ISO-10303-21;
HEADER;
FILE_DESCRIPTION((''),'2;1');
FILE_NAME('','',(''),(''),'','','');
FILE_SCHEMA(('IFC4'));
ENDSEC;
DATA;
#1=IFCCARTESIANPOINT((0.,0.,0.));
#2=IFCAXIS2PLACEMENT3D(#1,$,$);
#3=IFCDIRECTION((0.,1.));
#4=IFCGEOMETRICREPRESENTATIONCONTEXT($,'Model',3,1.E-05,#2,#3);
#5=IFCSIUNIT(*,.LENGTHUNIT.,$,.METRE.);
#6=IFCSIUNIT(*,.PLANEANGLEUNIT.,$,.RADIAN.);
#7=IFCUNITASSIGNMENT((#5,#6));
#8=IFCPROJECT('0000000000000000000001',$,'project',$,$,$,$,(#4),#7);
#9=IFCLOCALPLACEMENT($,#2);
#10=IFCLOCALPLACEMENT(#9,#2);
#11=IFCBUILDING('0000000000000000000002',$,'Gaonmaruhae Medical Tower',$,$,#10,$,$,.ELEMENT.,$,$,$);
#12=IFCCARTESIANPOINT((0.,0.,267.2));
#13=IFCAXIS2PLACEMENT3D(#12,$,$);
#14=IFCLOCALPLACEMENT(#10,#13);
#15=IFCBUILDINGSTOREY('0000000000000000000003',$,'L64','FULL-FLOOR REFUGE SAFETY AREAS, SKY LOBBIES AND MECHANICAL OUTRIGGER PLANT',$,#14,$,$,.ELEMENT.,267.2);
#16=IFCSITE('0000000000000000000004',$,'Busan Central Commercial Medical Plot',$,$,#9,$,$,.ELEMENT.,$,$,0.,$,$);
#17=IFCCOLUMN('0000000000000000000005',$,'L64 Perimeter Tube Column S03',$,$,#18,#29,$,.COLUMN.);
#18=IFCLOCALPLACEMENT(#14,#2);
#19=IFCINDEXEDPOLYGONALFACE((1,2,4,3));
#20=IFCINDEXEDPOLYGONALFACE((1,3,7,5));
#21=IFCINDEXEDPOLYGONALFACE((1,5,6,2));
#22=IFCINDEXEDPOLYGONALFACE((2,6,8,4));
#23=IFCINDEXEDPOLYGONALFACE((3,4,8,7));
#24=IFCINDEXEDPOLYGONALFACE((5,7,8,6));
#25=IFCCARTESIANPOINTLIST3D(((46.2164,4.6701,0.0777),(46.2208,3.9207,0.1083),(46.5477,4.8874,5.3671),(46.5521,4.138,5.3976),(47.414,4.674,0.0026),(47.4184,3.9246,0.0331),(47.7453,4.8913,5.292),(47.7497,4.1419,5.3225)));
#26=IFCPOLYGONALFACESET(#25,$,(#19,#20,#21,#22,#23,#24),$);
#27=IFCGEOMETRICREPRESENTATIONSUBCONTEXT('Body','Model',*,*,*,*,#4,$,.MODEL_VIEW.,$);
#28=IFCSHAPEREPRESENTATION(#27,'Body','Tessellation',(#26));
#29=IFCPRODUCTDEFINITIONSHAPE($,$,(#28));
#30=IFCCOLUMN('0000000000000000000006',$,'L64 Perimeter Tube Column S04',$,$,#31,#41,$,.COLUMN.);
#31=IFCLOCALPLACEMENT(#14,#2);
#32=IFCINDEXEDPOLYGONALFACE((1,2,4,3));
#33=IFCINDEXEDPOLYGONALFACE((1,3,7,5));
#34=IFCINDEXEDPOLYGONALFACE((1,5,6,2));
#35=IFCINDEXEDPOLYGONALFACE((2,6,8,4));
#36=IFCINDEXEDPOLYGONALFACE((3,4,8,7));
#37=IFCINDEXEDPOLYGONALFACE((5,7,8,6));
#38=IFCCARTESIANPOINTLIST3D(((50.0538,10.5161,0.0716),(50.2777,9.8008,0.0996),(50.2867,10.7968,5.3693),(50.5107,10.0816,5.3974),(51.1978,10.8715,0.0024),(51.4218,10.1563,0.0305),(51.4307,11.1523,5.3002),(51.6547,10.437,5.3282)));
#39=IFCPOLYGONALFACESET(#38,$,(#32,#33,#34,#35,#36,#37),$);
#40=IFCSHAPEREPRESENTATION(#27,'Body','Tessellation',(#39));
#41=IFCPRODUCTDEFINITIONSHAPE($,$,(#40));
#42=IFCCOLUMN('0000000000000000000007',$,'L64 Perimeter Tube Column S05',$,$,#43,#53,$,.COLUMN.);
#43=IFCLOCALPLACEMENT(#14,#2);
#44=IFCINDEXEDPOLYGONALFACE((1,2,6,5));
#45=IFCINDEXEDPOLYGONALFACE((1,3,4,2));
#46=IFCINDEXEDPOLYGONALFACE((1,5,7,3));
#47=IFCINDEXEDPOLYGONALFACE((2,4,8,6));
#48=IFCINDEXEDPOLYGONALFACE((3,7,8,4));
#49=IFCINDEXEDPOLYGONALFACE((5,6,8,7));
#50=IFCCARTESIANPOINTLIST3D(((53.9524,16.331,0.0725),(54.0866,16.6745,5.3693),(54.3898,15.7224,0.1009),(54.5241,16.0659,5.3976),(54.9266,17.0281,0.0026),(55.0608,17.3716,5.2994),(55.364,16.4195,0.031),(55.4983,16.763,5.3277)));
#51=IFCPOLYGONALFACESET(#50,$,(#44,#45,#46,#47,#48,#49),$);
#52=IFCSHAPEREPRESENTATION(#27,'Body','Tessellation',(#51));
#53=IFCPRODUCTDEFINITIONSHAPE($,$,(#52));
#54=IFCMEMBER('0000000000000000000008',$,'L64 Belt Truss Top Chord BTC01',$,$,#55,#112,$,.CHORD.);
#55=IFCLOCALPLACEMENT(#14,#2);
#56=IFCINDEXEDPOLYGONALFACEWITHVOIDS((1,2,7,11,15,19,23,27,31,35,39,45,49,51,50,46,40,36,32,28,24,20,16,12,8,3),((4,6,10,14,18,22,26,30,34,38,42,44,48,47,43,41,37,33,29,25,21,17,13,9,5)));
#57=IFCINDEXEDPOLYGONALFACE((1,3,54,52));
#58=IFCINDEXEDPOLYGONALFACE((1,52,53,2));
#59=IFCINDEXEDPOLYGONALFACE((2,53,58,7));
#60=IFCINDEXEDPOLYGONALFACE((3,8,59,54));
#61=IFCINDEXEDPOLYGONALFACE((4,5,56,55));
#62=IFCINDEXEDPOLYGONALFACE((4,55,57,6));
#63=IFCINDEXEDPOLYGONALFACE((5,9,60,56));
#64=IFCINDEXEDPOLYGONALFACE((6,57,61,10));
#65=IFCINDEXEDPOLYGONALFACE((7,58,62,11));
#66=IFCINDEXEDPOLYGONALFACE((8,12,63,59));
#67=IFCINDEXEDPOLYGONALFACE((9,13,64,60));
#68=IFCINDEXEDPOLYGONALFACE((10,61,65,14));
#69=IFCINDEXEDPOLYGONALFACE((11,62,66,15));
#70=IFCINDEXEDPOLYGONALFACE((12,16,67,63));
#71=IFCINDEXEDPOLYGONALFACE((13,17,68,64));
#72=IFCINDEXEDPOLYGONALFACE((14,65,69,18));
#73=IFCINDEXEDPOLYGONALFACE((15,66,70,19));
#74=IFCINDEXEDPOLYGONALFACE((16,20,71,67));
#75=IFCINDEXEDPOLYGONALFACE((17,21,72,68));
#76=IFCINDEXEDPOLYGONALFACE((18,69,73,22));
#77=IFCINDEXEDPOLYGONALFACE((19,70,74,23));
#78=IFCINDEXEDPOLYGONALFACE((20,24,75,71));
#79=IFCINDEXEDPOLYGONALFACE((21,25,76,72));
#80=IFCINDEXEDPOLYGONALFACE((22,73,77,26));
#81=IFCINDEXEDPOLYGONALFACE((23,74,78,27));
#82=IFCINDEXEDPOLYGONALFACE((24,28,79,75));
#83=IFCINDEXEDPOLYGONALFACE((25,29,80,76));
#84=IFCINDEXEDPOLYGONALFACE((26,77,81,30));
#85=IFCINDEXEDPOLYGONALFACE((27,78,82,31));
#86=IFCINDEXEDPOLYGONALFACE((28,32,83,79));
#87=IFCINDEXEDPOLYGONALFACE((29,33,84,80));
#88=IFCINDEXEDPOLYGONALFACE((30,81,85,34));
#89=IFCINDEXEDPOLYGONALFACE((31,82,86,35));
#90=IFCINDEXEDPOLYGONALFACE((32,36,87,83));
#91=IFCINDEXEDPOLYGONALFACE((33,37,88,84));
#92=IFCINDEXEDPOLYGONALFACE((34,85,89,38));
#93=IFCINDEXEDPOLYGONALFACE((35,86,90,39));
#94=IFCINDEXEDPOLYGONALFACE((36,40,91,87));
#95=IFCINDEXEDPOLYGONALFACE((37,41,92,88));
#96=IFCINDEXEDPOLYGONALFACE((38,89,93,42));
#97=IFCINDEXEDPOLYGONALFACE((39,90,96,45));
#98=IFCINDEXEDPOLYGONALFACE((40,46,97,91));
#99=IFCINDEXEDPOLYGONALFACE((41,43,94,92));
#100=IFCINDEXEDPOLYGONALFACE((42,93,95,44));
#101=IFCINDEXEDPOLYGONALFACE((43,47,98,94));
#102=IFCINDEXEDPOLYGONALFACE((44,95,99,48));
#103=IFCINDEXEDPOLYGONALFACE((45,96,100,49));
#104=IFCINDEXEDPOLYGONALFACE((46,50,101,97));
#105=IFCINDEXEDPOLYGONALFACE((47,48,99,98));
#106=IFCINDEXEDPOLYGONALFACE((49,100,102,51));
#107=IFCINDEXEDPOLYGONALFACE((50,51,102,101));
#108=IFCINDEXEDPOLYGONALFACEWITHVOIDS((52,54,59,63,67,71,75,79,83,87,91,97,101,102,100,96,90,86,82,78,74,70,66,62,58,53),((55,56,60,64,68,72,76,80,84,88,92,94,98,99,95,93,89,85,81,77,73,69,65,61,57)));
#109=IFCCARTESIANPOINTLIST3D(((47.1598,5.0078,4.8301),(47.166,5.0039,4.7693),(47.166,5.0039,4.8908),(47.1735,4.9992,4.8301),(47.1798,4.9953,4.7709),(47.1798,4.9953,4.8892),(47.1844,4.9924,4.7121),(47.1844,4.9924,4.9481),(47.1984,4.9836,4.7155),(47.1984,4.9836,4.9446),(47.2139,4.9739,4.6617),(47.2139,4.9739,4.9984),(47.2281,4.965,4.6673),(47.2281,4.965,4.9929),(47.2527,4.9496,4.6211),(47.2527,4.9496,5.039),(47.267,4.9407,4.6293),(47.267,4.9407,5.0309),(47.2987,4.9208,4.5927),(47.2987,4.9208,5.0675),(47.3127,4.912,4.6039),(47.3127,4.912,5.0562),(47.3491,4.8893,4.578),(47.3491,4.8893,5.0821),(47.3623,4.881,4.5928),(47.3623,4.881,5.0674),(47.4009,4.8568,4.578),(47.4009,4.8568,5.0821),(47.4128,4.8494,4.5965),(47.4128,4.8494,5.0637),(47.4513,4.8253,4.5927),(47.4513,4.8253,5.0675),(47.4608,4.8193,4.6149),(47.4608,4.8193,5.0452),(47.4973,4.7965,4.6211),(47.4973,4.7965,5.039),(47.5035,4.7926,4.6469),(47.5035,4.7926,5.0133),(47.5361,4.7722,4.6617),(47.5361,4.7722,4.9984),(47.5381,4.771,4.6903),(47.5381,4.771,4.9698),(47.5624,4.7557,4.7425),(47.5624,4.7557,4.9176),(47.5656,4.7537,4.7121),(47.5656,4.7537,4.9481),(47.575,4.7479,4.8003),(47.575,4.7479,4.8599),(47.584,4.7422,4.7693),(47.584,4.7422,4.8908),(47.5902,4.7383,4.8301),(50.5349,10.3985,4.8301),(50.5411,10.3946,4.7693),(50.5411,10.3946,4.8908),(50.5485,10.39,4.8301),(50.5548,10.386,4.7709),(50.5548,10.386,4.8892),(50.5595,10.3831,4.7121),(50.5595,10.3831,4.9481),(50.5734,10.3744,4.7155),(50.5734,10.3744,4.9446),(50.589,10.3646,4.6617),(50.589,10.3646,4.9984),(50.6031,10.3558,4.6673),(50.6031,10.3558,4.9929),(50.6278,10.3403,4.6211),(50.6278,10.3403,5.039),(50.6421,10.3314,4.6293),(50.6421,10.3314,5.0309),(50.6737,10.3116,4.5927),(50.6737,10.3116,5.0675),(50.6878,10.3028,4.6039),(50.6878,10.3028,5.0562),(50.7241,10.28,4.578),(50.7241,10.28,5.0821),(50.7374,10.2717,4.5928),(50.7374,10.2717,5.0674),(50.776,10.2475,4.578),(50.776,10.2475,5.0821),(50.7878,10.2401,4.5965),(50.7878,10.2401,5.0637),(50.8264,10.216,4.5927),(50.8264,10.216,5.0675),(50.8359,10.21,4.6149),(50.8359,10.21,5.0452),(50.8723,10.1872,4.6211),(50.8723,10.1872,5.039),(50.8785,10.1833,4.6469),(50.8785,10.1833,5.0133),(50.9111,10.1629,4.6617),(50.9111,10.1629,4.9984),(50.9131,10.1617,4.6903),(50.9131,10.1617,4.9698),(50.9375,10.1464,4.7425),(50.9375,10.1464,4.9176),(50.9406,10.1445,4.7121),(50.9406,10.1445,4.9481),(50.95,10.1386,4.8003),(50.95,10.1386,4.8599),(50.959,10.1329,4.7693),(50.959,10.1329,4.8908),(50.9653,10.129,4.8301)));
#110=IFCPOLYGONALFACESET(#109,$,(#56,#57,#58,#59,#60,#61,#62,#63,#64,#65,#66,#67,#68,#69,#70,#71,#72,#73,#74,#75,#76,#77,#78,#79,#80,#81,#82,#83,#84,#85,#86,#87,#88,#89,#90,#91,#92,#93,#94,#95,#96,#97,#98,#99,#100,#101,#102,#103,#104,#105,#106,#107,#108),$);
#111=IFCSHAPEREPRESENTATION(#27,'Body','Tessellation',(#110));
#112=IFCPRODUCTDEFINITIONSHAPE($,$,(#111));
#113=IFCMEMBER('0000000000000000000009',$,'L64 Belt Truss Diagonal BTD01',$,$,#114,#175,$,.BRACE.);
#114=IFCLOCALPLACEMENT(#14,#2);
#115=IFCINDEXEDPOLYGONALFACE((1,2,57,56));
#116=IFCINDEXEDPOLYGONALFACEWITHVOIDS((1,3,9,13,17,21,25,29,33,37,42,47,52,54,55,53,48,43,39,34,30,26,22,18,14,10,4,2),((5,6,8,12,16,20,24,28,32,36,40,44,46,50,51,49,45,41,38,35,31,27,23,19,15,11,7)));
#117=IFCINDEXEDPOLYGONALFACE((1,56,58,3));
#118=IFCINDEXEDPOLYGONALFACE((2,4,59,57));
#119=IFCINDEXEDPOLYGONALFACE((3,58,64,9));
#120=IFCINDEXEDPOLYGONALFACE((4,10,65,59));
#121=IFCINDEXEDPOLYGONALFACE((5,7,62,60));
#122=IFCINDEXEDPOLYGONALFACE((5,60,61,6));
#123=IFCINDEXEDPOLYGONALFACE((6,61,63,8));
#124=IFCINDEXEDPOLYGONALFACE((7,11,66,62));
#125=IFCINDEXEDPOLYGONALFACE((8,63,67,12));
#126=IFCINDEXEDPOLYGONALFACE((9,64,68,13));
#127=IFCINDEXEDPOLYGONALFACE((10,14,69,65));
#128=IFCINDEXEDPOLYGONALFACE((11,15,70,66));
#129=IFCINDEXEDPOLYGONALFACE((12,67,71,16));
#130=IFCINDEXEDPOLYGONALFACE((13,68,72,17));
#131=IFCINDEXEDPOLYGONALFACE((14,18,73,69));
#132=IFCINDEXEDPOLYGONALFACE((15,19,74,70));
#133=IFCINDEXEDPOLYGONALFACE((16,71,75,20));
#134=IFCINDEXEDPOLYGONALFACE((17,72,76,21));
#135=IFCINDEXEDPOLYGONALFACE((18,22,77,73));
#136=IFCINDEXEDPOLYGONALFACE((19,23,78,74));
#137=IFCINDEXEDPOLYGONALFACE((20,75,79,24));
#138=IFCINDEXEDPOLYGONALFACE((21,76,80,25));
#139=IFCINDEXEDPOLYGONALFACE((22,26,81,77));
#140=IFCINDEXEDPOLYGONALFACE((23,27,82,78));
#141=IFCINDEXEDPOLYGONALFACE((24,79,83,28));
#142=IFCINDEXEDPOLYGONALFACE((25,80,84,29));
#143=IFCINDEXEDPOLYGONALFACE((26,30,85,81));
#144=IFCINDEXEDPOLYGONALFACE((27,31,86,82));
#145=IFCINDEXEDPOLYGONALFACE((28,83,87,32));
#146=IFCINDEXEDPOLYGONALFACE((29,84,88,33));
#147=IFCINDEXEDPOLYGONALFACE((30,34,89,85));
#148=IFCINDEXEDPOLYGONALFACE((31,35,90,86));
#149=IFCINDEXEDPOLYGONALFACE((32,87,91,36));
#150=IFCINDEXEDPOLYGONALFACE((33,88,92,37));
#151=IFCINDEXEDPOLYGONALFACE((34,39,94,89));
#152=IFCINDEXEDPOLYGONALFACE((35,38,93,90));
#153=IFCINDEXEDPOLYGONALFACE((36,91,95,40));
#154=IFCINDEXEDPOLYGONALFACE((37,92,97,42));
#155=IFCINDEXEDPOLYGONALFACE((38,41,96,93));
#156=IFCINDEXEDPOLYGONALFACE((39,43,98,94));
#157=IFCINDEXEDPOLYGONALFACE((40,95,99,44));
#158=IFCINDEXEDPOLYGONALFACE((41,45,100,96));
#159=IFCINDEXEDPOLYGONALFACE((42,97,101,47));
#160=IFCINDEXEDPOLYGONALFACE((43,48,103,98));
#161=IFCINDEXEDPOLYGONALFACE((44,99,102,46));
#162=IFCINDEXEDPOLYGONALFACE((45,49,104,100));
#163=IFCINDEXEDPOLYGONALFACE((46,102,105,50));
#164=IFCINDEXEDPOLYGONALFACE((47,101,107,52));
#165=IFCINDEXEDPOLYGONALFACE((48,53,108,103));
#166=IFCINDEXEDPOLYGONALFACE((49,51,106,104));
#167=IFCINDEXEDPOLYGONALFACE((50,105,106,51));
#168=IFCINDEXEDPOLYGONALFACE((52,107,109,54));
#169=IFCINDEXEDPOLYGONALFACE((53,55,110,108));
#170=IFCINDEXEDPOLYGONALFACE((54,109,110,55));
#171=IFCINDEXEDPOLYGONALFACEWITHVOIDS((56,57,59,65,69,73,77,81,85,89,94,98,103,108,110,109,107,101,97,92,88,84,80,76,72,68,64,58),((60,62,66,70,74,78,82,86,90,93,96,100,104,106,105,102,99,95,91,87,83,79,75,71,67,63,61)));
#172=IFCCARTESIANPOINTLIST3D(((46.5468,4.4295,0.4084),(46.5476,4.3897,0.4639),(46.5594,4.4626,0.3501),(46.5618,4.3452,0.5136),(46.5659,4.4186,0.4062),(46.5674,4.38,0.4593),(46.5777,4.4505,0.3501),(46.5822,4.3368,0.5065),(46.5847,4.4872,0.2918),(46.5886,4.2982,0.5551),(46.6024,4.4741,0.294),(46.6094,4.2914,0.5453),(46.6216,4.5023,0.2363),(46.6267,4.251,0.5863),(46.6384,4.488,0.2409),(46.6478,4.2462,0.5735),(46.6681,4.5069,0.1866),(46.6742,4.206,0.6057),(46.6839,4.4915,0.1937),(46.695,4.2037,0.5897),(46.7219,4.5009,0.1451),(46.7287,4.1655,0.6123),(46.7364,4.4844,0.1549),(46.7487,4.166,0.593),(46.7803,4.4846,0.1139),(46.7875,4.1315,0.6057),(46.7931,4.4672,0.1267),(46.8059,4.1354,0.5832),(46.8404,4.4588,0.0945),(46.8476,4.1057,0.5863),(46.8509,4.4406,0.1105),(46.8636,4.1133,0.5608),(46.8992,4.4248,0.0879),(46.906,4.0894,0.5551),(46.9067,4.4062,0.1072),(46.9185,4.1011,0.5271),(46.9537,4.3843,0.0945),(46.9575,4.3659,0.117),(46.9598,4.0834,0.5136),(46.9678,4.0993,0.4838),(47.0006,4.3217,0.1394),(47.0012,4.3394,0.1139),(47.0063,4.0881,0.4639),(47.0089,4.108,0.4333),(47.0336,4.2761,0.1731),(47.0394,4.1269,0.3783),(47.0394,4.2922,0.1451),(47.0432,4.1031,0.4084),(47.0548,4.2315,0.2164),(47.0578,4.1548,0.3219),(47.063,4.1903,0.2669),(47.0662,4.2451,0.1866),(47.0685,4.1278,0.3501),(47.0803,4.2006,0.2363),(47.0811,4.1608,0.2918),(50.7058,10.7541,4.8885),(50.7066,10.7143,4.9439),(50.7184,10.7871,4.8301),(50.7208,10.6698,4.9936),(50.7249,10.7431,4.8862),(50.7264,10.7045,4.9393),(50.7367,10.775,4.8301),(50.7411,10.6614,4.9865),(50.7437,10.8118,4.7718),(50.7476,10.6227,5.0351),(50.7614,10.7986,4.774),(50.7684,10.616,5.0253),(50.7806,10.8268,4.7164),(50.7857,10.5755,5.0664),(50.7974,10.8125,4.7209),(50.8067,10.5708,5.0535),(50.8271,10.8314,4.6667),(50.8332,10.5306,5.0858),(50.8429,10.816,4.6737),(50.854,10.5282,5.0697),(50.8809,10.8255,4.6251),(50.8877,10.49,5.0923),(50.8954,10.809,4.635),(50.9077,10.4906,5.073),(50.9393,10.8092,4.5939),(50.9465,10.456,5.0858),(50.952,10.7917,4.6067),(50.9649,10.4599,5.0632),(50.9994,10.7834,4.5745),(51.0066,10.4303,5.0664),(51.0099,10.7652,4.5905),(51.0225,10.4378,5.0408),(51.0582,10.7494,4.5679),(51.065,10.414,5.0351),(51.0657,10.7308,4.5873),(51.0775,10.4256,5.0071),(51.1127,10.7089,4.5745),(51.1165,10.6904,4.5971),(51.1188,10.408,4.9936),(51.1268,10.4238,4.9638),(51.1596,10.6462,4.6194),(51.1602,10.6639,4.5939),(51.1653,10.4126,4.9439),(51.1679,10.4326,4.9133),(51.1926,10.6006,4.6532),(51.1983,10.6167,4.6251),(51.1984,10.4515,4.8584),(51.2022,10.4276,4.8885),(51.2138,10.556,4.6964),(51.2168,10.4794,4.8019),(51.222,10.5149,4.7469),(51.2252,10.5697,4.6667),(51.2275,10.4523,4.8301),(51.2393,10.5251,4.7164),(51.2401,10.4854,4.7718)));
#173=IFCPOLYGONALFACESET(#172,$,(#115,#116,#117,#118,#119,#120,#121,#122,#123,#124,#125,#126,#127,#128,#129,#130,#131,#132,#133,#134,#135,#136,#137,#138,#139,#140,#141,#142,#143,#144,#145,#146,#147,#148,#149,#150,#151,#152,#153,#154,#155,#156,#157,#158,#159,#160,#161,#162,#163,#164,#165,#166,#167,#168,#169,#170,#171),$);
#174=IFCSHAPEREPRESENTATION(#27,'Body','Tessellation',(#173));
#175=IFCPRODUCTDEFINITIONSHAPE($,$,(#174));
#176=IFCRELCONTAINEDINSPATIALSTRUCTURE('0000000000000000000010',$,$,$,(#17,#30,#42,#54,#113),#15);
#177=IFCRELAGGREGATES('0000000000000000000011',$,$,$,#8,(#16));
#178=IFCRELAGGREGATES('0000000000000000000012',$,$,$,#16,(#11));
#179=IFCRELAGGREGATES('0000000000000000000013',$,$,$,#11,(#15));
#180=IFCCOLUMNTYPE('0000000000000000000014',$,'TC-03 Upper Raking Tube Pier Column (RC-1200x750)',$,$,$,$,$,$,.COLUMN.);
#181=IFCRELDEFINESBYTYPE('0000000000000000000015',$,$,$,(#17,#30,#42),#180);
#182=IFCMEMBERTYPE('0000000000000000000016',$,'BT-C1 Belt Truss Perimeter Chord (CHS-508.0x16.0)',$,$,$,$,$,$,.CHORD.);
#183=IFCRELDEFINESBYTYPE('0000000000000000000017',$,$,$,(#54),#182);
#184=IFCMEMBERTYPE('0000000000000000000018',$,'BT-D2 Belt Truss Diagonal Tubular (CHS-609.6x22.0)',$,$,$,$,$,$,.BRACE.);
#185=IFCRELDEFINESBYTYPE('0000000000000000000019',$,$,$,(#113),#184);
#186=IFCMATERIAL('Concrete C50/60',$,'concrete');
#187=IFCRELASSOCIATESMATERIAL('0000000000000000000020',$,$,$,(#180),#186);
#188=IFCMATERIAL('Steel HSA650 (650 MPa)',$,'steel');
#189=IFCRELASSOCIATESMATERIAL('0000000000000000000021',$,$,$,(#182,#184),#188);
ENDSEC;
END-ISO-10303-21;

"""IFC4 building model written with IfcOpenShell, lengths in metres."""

from ifc_helpers import new_model, si_unit, direction, frame, origin, origin_2d, place, context, subcontext, project, spatial, rectangle, hollow_circle, extrude, material, material_profile, profile_set, type_object, element, save


model = new_model("IFC4")

# Units and contexts
model_context = context("Model", 3, precision=1e-05, world=origin(), true_north=direction((0.0, 1.0)))
body_context = subcontext(model_context, "Body", "Model", "MODEL_VIEW")
ifc_project = project(units=[si_unit("LENGTHUNIT", "METRE"), si_unit("PLANEANGLEUNIT", "RADIAN")], contexts=[model_context])

# Site, building, storey
site_placement = place(None, origin())
site = spatial("IfcSite", under=ifc_project, at=site_placement, Name="Busan Central Commercial Medical Plot", CompositionType="ELEMENT", RefElevation=0.0)
building_placement = place(site_placement, origin())
building = spatial("IfcBuilding", under=site, at=building_placement, Name="Gaonmaruhae Medical Tower", CompositionType="ELEMENT")
storey_placement = place(building_placement, frame((0.0, 0.0, 267.2)))
storey = spatial("IfcBuildingStorey", under=building, at=storey_placement, Name="L64", Description="FULL-FLOOR REFUGE SAFETY AREAS, SKY LOBBIES AND MECHANICAL OUTRIGGER PLANT", CompositionType="ELEMENT", Elevation=267.2)

# Columns
ifc_material_1 = material(Name="Concrete C50/60", Category="concrete")
ifc_material_profile_1 = material_profile(ifc_material_1, rectangle(XDim=1.2, YDim=0.75, at=origin_2d()), Name="RC-1200x750")
ifc_profile_set_1 = profile_set([ifc_material_profile_1], Name="Concrete C50/60")
column_type = type_object("IfcColumnType", Name="TC-03 Upper Raking Tube Pier Column (RC-1200x750)", PredefinedType="COLUMN", material=ifc_profile_set_1)
column_1_placement = place(storey_placement, frame((46.8174, 4.2974, 0.0554), z_axis=(0.062461, 0.040965, 0.997206), x_axis=(-0.998031, -0.003239, 0.062645)))
element("IfcColumn", 1, at=column_1_placement, inside=storey, type_object=column_type, Name="L64 Perimeter Tube Column S03", PredefinedType="COLUMN", context=body_context, shape_type="SweptSolid", body=[
    extrude(rectangle(XDim=1.2, YDim=0.75, at=origin_2d()), origin(), (0.0, 0.0, 1.0), 5.3042),
])
column_2_placement = place(storey_placement, frame((50.7378, 10.3362, 0.051), z_axis=(0.043859, 0.05287, 0.997638), x_axis=(-0.953381, -0.296218, 0.057612)))
element("IfcColumn", 2, at=column_2_placement, inside=storey, type_object=column_type, Name="L64 Perimeter Tube Column S04", PredefinedType="COLUMN", context=body_context, shape_type="SweptSolid", body=[
    extrude(rectangle(XDim=1.2, YDim=0.75, at=origin_2d()), origin(), (0.0, 0.0, 1.0), 5.3103),
])
column_3_placement = place(storey_placement, frame((54.6582, 16.3752, 0.0518), z_axis=(0.02529, 0.064697, 0.997584), x_axis=(-0.811862, -0.580936, 0.058258)))
element("IfcColumn", 3, at=column_3_placement, inside=storey, type_object=column_type, Name="L64 Perimeter Tube Column S05", PredefinedType="COLUMN", context=body_context, shape_type="SweptSolid", body=[
    extrude(rectangle(XDim=1.2, YDim=0.75, at=origin_2d()), origin(), (0.0, 0.0, 1.0), 5.3096),
])

# Members
ifc_material_2 = material(Name="Steel HSA650 (650 MPa)", Category="steel")
ifc_material_profile_2 = material_profile(ifc_material_2, hollow_circle(Radius=0.2539, WallThickness=0.0161, at=origin_2d()), Name="CHS-508.0x16.0")
ifc_profile_set_2 = profile_set([ifc_material_profile_2], Name="Steel HSA650 (650 MPa)")
member_type_1 = type_object("IfcMemberType", Name="BT-C1 Belt Truss Perimeter Chord (CHS-508.0x16.0)", PredefinedType="CHORD", material=ifc_profile_set_2)
member_1_placement = place(storey_placement, frame((47.375, 4.873, 4.8301), z_axis=(0.530661, 0.847584, 0.0), x_axis=(-0.847584, 0.530661, 0.0)))
element("IfcMember", 4, at=member_1_placement, inside=storey, type_object=member_type_1, Name="L64 Belt Truss Top Chord BTC01", PredefinedType="CHORD", context=body_context, shape_type="SweptSolid", body=[
    extrude(hollow_circle(Radius=0.2539, WallThickness=0.0161, at=origin_2d()), origin(), (0.0, 0.0, 1.0), 6.3601),
])
ifc_material_profile_3 = material_profile(ifc_material_2, hollow_circle(Radius=0.3047, WallThickness=0.022, at=origin_2d()), Name="CHS-609.6x22.0")
ifc_profile_set_3 = profile_set([ifc_material_profile_3], Name="Steel HSA650 (650 MPa)")
member_type_2 = type_object("IfcMemberType", Name="BT-D2 Belt Truss Diagonal Tubular (CHS-609.6x22.0)", PredefinedType="BRACE", material=ifc_profile_set_3)
member_2_placement = place(storey_placement, frame((46.814, 4.2952, 0.3501), z_axis=(0.472833, 0.719034, 0.509333), x_axis=(-0.835532, 0.549442, 0.0)))
element("IfcMember", 5, at=member_2_placement, inside=storey, type_object=member_type_2, Name="L64 Belt Truss Diagonal BTD01", PredefinedType="BRACE", context=body_context, shape_type="SweptSolid", body=[
    extrude(hollow_circle(Radius=0.3047, WallThickness=0.022, at=origin_2d()), origin(), (0.0, 0.0, 1.0), 8.7959),
])

save(model, "model.ifc")
